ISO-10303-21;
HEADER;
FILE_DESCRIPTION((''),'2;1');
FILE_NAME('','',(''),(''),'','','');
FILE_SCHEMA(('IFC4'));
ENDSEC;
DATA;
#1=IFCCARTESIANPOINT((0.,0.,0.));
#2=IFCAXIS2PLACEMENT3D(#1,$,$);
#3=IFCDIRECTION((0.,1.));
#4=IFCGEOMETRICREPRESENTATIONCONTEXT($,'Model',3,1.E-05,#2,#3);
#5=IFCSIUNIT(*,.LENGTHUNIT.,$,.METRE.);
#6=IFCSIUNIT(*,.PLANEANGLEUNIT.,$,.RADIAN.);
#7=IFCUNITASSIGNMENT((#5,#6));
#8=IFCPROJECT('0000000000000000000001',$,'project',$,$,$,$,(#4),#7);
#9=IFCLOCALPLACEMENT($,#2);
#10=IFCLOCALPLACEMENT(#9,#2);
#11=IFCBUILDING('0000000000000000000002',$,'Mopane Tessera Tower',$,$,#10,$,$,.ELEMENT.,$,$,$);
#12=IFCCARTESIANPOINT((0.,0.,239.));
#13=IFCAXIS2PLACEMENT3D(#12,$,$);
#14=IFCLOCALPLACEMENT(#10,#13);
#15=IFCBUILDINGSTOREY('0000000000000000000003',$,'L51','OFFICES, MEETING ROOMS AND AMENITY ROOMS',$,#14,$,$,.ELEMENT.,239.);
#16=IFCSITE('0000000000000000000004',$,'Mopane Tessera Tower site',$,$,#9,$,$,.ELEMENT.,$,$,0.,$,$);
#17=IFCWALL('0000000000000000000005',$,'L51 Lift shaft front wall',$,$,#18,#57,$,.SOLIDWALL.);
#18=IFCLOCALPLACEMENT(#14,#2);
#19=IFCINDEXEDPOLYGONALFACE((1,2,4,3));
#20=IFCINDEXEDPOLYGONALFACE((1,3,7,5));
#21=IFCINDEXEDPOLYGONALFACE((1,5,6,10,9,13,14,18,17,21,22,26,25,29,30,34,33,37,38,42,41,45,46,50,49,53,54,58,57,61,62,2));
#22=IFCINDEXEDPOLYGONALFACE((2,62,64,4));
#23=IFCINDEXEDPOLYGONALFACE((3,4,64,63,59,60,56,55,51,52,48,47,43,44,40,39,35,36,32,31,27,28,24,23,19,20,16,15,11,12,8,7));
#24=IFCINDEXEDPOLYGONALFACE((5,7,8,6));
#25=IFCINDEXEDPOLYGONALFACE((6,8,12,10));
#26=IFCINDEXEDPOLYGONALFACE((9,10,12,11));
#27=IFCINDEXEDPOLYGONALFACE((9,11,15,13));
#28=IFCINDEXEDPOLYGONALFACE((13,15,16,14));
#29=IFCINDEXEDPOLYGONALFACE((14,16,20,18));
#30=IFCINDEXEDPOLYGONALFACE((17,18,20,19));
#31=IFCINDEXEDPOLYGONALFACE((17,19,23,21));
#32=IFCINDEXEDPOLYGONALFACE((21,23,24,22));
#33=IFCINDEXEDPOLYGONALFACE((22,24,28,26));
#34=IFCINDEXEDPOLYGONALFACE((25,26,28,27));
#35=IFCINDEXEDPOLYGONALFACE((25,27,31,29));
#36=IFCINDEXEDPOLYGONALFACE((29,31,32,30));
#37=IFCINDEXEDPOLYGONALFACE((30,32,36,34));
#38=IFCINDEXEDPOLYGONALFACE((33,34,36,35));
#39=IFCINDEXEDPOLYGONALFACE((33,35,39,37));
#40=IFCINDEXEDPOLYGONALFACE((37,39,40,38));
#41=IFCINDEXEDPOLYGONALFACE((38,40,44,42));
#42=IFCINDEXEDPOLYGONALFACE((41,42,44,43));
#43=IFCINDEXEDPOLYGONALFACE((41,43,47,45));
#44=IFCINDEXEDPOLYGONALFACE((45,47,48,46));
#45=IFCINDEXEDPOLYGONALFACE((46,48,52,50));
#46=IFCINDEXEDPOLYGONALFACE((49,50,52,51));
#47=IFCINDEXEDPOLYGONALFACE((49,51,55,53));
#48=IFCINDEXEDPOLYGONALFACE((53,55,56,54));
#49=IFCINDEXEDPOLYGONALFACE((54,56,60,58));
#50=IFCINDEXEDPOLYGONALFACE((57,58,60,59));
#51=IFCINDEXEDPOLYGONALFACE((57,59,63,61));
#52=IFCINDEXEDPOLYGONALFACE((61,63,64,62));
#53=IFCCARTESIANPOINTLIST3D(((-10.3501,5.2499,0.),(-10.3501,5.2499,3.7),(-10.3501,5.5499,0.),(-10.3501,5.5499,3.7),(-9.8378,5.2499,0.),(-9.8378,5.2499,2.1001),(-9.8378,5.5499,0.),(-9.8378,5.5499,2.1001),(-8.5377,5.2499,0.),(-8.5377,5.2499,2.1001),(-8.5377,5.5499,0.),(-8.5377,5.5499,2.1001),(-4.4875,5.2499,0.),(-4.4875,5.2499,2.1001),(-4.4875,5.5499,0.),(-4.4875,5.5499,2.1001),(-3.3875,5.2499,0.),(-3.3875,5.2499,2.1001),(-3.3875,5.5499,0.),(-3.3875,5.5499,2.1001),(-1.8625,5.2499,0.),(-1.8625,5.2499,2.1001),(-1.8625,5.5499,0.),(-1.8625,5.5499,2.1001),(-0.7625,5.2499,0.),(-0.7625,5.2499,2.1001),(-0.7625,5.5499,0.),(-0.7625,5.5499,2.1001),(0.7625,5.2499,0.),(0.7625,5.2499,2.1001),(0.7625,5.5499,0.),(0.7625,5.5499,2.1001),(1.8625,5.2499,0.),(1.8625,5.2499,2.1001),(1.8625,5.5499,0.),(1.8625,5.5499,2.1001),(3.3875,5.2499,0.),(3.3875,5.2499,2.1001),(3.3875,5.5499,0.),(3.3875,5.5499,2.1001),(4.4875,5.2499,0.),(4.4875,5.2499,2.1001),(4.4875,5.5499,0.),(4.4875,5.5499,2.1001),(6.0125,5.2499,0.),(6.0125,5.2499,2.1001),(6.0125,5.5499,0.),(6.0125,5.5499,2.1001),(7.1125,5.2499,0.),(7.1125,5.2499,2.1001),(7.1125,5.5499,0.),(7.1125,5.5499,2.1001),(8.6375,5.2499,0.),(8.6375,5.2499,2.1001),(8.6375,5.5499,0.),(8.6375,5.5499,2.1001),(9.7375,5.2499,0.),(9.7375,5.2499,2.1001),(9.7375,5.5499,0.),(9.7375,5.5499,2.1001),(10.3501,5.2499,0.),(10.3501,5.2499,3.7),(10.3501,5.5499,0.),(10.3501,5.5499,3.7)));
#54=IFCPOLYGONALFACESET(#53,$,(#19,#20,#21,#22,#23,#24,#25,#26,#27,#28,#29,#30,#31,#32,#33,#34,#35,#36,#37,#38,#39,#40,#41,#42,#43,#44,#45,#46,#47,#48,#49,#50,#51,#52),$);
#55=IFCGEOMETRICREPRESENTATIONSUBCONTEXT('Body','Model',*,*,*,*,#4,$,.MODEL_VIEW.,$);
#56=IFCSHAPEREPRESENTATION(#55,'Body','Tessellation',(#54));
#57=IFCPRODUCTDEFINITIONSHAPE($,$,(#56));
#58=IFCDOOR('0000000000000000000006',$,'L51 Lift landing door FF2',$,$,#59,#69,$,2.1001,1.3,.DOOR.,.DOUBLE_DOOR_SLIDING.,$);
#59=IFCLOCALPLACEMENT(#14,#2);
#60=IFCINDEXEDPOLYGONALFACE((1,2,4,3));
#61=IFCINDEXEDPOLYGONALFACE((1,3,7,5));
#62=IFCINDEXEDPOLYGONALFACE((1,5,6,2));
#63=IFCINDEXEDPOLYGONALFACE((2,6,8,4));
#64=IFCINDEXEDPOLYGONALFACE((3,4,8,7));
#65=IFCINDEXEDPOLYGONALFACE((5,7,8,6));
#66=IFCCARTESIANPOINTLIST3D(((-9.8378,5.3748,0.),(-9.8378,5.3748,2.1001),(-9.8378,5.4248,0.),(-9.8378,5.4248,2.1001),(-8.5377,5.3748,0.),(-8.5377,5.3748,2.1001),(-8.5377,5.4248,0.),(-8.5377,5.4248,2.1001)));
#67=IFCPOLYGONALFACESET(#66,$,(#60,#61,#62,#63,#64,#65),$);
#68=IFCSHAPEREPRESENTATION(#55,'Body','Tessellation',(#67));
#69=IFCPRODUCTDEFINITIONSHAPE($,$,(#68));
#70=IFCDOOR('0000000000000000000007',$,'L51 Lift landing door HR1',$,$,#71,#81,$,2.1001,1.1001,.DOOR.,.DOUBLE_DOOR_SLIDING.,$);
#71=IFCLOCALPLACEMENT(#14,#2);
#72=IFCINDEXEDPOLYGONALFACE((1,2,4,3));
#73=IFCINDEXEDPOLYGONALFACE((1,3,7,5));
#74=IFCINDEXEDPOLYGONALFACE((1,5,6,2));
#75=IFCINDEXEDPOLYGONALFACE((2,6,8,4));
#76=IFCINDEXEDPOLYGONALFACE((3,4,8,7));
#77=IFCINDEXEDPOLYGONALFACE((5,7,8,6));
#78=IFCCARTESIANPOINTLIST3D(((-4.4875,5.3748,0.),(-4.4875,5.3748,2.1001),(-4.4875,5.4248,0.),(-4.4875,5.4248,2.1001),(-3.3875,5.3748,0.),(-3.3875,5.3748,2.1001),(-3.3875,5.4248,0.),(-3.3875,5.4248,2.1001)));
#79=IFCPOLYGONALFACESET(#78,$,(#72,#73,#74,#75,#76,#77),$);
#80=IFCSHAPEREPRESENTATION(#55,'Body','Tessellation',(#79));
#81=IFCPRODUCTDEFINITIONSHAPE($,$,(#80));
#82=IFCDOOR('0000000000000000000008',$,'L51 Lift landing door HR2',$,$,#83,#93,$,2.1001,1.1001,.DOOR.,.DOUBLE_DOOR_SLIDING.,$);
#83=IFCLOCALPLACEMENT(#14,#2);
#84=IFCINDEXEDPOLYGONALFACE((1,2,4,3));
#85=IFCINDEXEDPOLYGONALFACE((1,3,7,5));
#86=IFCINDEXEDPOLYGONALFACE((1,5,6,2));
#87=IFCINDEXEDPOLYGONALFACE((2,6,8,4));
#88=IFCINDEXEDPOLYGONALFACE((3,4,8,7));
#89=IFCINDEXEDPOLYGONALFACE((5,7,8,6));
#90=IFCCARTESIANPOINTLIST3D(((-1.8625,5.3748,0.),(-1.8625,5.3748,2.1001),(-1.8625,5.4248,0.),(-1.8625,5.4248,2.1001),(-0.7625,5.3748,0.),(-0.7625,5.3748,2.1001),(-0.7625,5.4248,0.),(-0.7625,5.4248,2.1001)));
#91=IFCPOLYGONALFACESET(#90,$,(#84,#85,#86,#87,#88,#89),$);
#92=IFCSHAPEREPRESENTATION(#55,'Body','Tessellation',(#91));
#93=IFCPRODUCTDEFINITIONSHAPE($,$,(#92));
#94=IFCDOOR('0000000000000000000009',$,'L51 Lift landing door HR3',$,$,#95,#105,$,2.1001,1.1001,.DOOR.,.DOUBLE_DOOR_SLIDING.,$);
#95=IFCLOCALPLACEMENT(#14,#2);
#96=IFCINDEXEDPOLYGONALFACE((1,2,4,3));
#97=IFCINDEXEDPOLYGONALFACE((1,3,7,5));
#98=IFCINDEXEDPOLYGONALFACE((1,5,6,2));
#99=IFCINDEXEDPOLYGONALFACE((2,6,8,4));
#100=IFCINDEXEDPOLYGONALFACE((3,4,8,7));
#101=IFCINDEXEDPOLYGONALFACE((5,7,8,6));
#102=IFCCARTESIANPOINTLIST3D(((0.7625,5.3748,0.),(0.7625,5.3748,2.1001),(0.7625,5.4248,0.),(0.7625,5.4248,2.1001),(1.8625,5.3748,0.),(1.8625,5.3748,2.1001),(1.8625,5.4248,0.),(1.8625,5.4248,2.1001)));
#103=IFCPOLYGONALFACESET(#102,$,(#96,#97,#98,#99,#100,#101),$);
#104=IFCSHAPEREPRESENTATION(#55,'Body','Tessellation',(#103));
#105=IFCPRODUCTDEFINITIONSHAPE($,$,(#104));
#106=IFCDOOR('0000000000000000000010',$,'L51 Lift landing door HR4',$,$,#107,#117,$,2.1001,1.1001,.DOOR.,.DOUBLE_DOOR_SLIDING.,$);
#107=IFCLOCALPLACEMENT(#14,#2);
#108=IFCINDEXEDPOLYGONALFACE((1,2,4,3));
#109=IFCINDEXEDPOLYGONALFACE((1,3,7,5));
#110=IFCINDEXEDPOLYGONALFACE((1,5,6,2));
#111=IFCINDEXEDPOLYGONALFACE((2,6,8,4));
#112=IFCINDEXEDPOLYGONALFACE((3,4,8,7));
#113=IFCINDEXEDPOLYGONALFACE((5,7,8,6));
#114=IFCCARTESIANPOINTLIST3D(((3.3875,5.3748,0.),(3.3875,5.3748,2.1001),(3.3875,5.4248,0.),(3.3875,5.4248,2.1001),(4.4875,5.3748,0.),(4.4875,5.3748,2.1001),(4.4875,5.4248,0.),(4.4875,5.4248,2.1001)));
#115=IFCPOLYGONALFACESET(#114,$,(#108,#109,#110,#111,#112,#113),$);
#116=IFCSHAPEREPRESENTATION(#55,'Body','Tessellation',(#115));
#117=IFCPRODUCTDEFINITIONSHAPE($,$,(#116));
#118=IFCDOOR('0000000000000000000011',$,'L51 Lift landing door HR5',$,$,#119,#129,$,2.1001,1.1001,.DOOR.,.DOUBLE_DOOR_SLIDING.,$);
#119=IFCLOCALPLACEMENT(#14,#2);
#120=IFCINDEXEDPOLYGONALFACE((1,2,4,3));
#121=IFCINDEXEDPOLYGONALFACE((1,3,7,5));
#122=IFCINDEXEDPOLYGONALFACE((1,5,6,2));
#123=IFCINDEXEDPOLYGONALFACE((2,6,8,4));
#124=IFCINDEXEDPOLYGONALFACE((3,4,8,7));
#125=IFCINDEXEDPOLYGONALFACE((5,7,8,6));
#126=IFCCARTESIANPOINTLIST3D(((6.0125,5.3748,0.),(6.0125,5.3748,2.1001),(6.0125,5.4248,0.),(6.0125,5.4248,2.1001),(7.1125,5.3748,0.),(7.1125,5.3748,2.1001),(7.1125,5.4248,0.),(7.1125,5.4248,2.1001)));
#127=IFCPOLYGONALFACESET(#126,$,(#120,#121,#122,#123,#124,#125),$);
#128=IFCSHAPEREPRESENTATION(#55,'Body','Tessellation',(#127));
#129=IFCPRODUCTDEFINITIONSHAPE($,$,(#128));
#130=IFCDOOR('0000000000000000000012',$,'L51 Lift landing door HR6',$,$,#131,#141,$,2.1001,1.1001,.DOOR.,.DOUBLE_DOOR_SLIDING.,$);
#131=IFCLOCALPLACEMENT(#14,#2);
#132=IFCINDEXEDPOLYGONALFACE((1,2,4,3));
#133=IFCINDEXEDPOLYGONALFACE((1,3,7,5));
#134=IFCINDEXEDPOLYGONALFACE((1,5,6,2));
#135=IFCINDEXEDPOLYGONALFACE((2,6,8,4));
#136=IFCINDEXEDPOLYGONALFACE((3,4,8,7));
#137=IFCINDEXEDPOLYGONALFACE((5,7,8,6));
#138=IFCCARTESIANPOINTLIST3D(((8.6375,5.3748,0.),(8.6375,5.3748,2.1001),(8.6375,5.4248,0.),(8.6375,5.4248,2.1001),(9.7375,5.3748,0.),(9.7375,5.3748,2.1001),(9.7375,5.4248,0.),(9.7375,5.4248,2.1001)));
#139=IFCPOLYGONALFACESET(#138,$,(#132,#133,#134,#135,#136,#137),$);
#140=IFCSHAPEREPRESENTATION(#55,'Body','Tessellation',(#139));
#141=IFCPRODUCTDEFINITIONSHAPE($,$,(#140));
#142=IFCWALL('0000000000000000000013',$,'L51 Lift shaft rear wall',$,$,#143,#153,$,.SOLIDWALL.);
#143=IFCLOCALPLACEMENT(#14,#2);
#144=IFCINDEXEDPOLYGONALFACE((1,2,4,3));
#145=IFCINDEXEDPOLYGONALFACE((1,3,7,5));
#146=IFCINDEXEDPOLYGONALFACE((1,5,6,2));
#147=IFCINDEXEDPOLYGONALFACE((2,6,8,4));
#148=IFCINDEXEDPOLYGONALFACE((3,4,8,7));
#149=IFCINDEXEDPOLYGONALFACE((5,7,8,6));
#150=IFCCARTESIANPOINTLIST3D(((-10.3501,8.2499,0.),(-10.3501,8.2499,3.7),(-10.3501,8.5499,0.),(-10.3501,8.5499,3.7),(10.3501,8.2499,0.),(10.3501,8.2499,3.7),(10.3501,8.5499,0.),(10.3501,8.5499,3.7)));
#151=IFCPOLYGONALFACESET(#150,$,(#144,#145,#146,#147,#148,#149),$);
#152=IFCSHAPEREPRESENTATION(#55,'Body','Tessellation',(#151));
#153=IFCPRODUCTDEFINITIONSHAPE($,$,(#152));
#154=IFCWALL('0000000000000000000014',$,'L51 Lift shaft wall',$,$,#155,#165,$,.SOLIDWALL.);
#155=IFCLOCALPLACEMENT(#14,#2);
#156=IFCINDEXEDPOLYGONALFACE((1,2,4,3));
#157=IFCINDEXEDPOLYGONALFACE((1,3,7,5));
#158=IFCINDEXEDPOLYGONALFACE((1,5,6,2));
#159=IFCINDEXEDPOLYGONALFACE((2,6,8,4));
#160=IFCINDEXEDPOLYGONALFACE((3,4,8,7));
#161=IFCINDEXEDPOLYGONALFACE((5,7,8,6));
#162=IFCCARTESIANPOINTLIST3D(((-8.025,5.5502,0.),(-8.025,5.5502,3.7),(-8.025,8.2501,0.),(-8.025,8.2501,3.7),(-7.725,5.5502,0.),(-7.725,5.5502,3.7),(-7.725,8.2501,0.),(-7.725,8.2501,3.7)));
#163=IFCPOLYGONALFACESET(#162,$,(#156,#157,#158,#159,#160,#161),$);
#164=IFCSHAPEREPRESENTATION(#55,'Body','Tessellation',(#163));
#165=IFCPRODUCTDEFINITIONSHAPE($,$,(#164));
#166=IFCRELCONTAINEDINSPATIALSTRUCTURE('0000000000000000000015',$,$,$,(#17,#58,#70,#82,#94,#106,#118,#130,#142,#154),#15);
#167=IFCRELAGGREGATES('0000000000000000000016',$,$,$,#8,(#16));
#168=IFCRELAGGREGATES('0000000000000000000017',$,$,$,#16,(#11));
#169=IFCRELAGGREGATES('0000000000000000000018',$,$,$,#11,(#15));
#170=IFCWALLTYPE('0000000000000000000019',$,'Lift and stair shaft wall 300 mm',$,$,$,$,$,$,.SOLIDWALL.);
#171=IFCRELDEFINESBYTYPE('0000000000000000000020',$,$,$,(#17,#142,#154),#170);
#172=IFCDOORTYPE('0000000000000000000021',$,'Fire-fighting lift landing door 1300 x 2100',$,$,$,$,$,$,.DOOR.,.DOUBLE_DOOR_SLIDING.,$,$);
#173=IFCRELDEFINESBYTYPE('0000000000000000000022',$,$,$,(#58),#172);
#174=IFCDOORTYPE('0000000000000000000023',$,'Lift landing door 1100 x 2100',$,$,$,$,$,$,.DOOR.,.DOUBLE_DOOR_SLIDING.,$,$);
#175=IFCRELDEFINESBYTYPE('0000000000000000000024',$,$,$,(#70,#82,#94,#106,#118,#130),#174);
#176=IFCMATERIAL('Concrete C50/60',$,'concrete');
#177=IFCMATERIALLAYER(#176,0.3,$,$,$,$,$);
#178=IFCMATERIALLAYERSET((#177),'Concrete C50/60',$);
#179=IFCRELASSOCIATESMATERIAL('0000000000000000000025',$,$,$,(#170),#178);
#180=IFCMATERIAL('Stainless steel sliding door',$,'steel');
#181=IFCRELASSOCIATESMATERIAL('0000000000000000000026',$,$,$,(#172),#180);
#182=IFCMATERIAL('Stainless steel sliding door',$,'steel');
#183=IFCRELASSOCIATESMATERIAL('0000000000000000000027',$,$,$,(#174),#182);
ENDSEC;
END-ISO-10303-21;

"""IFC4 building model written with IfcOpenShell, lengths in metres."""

from ifc_helpers import new_model, si_unit, direction, frame, frame_2d, origin, place, context, subcontext, project, spatial, rectangle, extrude, material, layer, layer_set, type_object, element, fill, save


model = new_model("IFC4")

# Units and contexts
model_context = context("Model", 3, precision=1e-05, world=origin(), true_north=direction((0.0, 1.0)))
body_context = subcontext(model_context, "Body", "Model", "MODEL_VIEW")
ifc_project = project(units=[si_unit("LENGTHUNIT", "METRE"), si_unit("PLANEANGLEUNIT", "RADIAN")], contexts=[model_context])

# Site, building, storey
site_placement = place(None, origin())
site = spatial("IfcSite", under=ifc_project, at=site_placement, Name="Mopane Tessera Tower site", CompositionType="ELEMENT", RefElevation=0.0)
building_placement = place(site_placement, origin())
building = spatial("IfcBuilding", under=site, at=building_placement, Name="Mopane Tessera Tower", CompositionType="ELEMENT")
storey_placement = place(building_placement, frame((0.0, 0.0, 239.0)))
storey = spatial("IfcBuildingStorey", under=building, at=storey_placement, Name="L51", Description="OFFICES, MEETING ROOMS AND AMENITY ROOMS", CompositionType="ELEMENT", Elevation=239.0)

# Wall, openings, doors
ifc_material_1 = material(Name="Concrete C50/60", Category="concrete")
ifc_layer_1 = layer(ifc_material_1, 0.3)
ifc_layer_set_1 = layer_set([ifc_layer_1], Name="Concrete C50/60")
wall_type_1 = type_object("IfcWallType", Name="Lift and stair shaft wall 300 mm", PredefinedType="SOLIDWALL", material=ifc_layer_set_1)
ifc_material_2 = material(Name="Stainless steel sliding door", Category="steel")
door_type_1 = type_object("IfcDoorType", Name="Fire-fighting lift landing door 1300 x 2100", OperationType="DOUBLE_DOOR_SLIDING", PredefinedType="DOOR", material=ifc_material_2)
wall_1_placement = place(storey_placement, frame((-10.3501, 5.3999, 0.0), z_axis=(0.0, 0.0, 1.0), x_axis=(1.0, 0.0, 0.0)))
wall_1 = element("IfcWall", 1, at=wall_1_placement, inside=storey, type_object=wall_type_1, Name="L51 Lift shaft front wall", PredefinedType="SOLIDWALL", context=body_context, shape_type="SweptSolid", body=[
    extrude(rectangle(XDim=20.7002, YDim=0.3, at=frame_2d((10.3501, 0.0))), origin(), (0.0, 0.0, 1.0), 3.7),
])
opening_1_placement = place(wall_1_placement, frame((0.5125, 0.0, 0.0)))
opening_1 = element("IfcOpeningElement", 2, at=opening_1_placement, cuts=wall_1, PredefinedType="OPENING", context=body_context, shape_type="SweptSolid", body=[
    extrude(rectangle(XDim=1.3, YDim=2.1001, at=frame_2d((0.6499, 1.05))), frame((0.0, 0.1621, 0.0), z_axis=(0.0, -1.0, 0.0), x_axis=(1.0, 0.0, 0.0)), (0.0, 0.0, 1.0), 0.324),
])
opening_2_placement = place(wall_1_placement, frame((5.8625, 0.0, 0.0)))
opening_2 = element("IfcOpeningElement", 3, at=opening_2_placement, cuts=wall_1, PredefinedType="OPENING", context=body_context, shape_type="SweptSolid", body=[
    extrude(rectangle(XDim=1.1001, YDim=2.1001, at=frame_2d((0.55, 1.05))), frame((0.0, 0.1621, 0.0), z_axis=(0.0, -1.0, 0.0), x_axis=(1.0, 0.0, 0.0)), (0.0, 0.0, 1.0), 0.324),
])
opening_3_placement = place(wall_1_placement, frame((8.4875, 0.0, 0.0)))
opening_3 = element("IfcOpeningElement", 4, at=opening_3_placement, cuts=wall_1, PredefinedType="OPENING", context=body_context, shape_type="SweptSolid", body=[
    extrude(rectangle(XDim=1.1001, YDim=2.1001, at=frame_2d((0.55, 1.05))), frame((0.0, 0.1621, 0.0), z_axis=(0.0, -1.0, 0.0), x_axis=(1.0, 0.0, 0.0)), (0.0, 0.0, 1.0), 0.324),
])
opening_4_placement = place(wall_1_placement, frame((11.1125, 0.0, 0.0)))
opening_4 = element("IfcOpeningElement", 5, at=opening_4_placement, cuts=wall_1, PredefinedType="OPENING", context=body_context, shape_type="SweptSolid", body=[
    extrude(rectangle(XDim=1.1001, YDim=2.1001, at=frame_2d((0.55, 1.05))), frame((0.0, 0.1621, 0.0), z_axis=(0.0, -1.0, 0.0), x_axis=(1.0, 0.0, 0.0)), (0.0, 0.0, 1.0), 0.324),
])
opening_5_placement = place(wall_1_placement, frame((13.7375, 0.0, 0.0)))
opening_5 = element("IfcOpeningElement", 6, at=opening_5_placement, cuts=wall_1, PredefinedType="OPENING", context=body_context, shape_type="SweptSolid", body=[
    extrude(rectangle(XDim=1.1001, YDim=2.1001, at=frame_2d((0.55, 1.05))), frame((0.0, 0.1621, 0.0), z_axis=(0.0, -1.0, 0.0), x_axis=(1.0, 0.0, 0.0)), (0.0, 0.0, 1.0), 0.324),
])
opening_6_placement = place(wall_1_placement, frame((16.3625, 0.0, 0.0)))
opening_6 = element("IfcOpeningElement", 7, at=opening_6_placement, cuts=wall_1, PredefinedType="OPENING", context=body_context, shape_type="SweptSolid", body=[
    extrude(rectangle(XDim=1.1001, YDim=2.1001, at=frame_2d((0.55, 1.05))), frame((0.0, 0.1621, 0.0), z_axis=(0.0, -1.0, 0.0), x_axis=(1.0, 0.0, 0.0)), (0.0, 0.0, 1.0), 0.324),
])
opening_7_placement = place(wall_1_placement, frame((18.9875, 0.0, 0.0)))
opening_7 = element("IfcOpeningElement", 8, at=opening_7_placement, cuts=wall_1, PredefinedType="OPENING", context=body_context, shape_type="SweptSolid", body=[
    extrude(rectangle(XDim=1.1001, YDim=2.1001, at=frame_2d((0.55, 1.05))), frame((0.0, 0.1621, 0.0), z_axis=(0.0, -1.0, 0.0), x_axis=(1.0, 0.0, 0.0)), (0.0, 0.0, 1.0), 0.324),
])
door_1_placement = place(opening_1_placement, origin())
door_1 = element("IfcDoor", 9, at=door_1_placement, inside=storey, type_object=door_type_1, Name="L51 Lift landing door FF2", OperationType="DOUBLE_DOOR_SLIDING", OverallHeight=2.1001, OverallWidth=1.3, PredefinedType="DOOR", context=body_context, shape_type="SweptSolid", body=[
    extrude(rectangle(XDim=1.3, YDim=2.1001, at=frame_2d((0.6499, 1.05))), frame((0.0, 0.0249, 0.0), z_axis=(0.0, -1.0, 0.0), x_axis=(1.0, 0.0, 0.0)), (0.0, 0.0, 1.0), 0.05),
])
fill(opening_1, door_1)
ifc_material_3 = material(Name="Stainless steel sliding door", Category="steel")
door_type_2 = type_object("IfcDoorType", Name="Lift landing door 1100 x 2100", OperationType="DOUBLE_DOOR_SLIDING", PredefinedType="DOOR", material=ifc_material_3)
door_2_placement = place(opening_2_placement, origin())
door_2 = element("IfcDoor", 10, at=door_2_placement, inside=storey, type_object=door_type_2, Name="L51 Lift landing door HR1", OperationType="DOUBLE_DOOR_SLIDING", OverallHeight=2.1001, OverallWidth=1.1001, PredefinedType="DOOR", context=body_context, shape_type="SweptSolid", body=[
    extrude(rectangle(XDim=1.1001, YDim=2.1001, at=frame_2d((0.55, 1.05))), frame((0.0, 0.0249, 0.0), z_axis=(0.0, -1.0, 0.0), x_axis=(1.0, 0.0, 0.0)), (0.0, 0.0, 1.0), 0.05),
])
fill(opening_2, door_2)
door_3_placement = place(opening_3_placement, origin())
door_3 = element("IfcDoor", 11, at=door_3_placement, inside=storey, type_object=door_type_2, Name="L51 Lift landing door HR2", OperationType="DOUBLE_DOOR_SLIDING", OverallHeight=2.1001, OverallWidth=1.1001, PredefinedType="DOOR", context=body_context, shape_type="SweptSolid", body=[
    extrude(rectangle(XDim=1.1001, YDim=2.1001, at=frame_2d((0.55, 1.05))), frame((0.0, 0.0249, 0.0), z_axis=(0.0, -1.0, 0.0), x_axis=(1.0, 0.0, 0.0)), (0.0, 0.0, 1.0), 0.05),
])
fill(opening_3, door_3)
door_4_placement = place(opening_4_placement, origin())
door_4 = element("IfcDoor", 12, at=door_4_placement, inside=storey, type_object=door_type_2, Name="L51 Lift landing door HR3", OperationType="DOUBLE_DOOR_SLIDING", OverallHeight=2.1001, OverallWidth=1.1001, PredefinedType="DOOR", context=body_context, shape_type="SweptSolid", body=[
    extrude(rectangle(XDim=1.1001, YDim=2.1001, at=frame_2d((0.55, 1.05))), frame((0.0, 0.0249, 0.0), z_axis=(0.0, -1.0, 0.0), x_axis=(1.0, 0.0, 0.0)), (0.0, 0.0, 1.0), 0.05),
])
fill(opening_4, door_4)
door_5_placement = place(opening_5_placement, origin())
door_5 = element("IfcDoor", 13, at=door_5_placement, inside=storey, type_object=door_type_2, Name="L51 Lift landing door HR4", OperationType="DOUBLE_DOOR_SLIDING", OverallHeight=2.1001, OverallWidth=1.1001, PredefinedType="DOOR", context=body_context, shape_type="SweptSolid", body=[
    extrude(rectangle(XDim=1.1001, YDim=2.1001, at=frame_2d((0.55, 1.05))), frame((0.0, 0.0249, 0.0), z_axis=(0.0, -1.0, 0.0), x_axis=(1.0, 0.0, 0.0)), (0.0, 0.0, 1.0), 0.05),
])
fill(opening_5, door_5)
door_6_placement = place(opening_6_placement, origin())
door_6 = element("IfcDoor", 14, at=door_6_placement, inside=storey, type_object=door_type_2, Name="L51 Lift landing door HR5", OperationType="DOUBLE_DOOR_SLIDING", OverallHeight=2.1001, OverallWidth=1.1001, PredefinedType="DOOR", context=body_context, shape_type="SweptSolid", body=[
    extrude(rectangle(XDim=1.1001, YDim=2.1001, at=frame_2d((0.55, 1.05))), frame((0.0, 0.0249, 0.0), z_axis=(0.0, -1.0, 0.0), x_axis=(1.0, 0.0, 0.0)), (0.0, 0.0, 1.0), 0.05),
])
fill(opening_6, door_6)
door_7_placement = place(opening_7_placement, origin())
door_7 = element("IfcDoor", 15, at=door_7_placement, inside=storey, type_object=door_type_2, Name="L51 Lift landing door HR6", OperationType="DOUBLE_DOOR_SLIDING", OverallHeight=2.1001, OverallWidth=1.1001, PredefinedType="DOOR", context=body_context, shape_type="SweptSolid", body=[
    extrude(rectangle(XDim=1.1001, YDim=2.1001, at=frame_2d((0.55, 1.05))), frame((0.0, 0.0249, 0.0), z_axis=(0.0, -1.0, 0.0), x_axis=(1.0, 0.0, 0.0)), (0.0, 0.0, 1.0), 0.05),
])
fill(opening_7, door_7)

# Walls
wall_2_placement = place(storey_placement, frame((-10.3501, 8.3999, 0.0), z_axis=(0.0, 0.0, 1.0), x_axis=(1.0, 0.0, 0.0)))
element("IfcWall", 16, at=wall_2_placement, inside=storey, type_object=wall_type_1, Name="L51 Lift shaft rear wall", PredefinedType="SOLIDWALL", context=body_context, shape_type="SweptSolid", body=[
    extrude(rectangle(XDim=20.7002, YDim=0.3, at=frame_2d((10.3501, 0.0))), origin(), (0.0, 0.0, 1.0), 3.7),
])
for number, where, z_axis, x_axis, name in (
    (17, (-7.875, 5.55, 0.0), (0.0, 0.0, 1.0), (0.0, 1.0, 0.0), "L51 Lift shaft wall"),
):
    element("IfcWall", number, at=place(storey_placement, frame(where, z_axis=z_axis, x_axis=x_axis)), inside=storey, type_object=wall_type_1, Name=name, PredefinedType="SOLIDWALL", context=body_context, shape_type="SweptSolid", body=[
        extrude(rectangle(XDim=2.7, YDim=0.3, at=frame_2d((1.3501, 0.0))), origin(), (0.0, 0.0, 1.0), 3.7),
    ])

save(model, "model.ifc")
